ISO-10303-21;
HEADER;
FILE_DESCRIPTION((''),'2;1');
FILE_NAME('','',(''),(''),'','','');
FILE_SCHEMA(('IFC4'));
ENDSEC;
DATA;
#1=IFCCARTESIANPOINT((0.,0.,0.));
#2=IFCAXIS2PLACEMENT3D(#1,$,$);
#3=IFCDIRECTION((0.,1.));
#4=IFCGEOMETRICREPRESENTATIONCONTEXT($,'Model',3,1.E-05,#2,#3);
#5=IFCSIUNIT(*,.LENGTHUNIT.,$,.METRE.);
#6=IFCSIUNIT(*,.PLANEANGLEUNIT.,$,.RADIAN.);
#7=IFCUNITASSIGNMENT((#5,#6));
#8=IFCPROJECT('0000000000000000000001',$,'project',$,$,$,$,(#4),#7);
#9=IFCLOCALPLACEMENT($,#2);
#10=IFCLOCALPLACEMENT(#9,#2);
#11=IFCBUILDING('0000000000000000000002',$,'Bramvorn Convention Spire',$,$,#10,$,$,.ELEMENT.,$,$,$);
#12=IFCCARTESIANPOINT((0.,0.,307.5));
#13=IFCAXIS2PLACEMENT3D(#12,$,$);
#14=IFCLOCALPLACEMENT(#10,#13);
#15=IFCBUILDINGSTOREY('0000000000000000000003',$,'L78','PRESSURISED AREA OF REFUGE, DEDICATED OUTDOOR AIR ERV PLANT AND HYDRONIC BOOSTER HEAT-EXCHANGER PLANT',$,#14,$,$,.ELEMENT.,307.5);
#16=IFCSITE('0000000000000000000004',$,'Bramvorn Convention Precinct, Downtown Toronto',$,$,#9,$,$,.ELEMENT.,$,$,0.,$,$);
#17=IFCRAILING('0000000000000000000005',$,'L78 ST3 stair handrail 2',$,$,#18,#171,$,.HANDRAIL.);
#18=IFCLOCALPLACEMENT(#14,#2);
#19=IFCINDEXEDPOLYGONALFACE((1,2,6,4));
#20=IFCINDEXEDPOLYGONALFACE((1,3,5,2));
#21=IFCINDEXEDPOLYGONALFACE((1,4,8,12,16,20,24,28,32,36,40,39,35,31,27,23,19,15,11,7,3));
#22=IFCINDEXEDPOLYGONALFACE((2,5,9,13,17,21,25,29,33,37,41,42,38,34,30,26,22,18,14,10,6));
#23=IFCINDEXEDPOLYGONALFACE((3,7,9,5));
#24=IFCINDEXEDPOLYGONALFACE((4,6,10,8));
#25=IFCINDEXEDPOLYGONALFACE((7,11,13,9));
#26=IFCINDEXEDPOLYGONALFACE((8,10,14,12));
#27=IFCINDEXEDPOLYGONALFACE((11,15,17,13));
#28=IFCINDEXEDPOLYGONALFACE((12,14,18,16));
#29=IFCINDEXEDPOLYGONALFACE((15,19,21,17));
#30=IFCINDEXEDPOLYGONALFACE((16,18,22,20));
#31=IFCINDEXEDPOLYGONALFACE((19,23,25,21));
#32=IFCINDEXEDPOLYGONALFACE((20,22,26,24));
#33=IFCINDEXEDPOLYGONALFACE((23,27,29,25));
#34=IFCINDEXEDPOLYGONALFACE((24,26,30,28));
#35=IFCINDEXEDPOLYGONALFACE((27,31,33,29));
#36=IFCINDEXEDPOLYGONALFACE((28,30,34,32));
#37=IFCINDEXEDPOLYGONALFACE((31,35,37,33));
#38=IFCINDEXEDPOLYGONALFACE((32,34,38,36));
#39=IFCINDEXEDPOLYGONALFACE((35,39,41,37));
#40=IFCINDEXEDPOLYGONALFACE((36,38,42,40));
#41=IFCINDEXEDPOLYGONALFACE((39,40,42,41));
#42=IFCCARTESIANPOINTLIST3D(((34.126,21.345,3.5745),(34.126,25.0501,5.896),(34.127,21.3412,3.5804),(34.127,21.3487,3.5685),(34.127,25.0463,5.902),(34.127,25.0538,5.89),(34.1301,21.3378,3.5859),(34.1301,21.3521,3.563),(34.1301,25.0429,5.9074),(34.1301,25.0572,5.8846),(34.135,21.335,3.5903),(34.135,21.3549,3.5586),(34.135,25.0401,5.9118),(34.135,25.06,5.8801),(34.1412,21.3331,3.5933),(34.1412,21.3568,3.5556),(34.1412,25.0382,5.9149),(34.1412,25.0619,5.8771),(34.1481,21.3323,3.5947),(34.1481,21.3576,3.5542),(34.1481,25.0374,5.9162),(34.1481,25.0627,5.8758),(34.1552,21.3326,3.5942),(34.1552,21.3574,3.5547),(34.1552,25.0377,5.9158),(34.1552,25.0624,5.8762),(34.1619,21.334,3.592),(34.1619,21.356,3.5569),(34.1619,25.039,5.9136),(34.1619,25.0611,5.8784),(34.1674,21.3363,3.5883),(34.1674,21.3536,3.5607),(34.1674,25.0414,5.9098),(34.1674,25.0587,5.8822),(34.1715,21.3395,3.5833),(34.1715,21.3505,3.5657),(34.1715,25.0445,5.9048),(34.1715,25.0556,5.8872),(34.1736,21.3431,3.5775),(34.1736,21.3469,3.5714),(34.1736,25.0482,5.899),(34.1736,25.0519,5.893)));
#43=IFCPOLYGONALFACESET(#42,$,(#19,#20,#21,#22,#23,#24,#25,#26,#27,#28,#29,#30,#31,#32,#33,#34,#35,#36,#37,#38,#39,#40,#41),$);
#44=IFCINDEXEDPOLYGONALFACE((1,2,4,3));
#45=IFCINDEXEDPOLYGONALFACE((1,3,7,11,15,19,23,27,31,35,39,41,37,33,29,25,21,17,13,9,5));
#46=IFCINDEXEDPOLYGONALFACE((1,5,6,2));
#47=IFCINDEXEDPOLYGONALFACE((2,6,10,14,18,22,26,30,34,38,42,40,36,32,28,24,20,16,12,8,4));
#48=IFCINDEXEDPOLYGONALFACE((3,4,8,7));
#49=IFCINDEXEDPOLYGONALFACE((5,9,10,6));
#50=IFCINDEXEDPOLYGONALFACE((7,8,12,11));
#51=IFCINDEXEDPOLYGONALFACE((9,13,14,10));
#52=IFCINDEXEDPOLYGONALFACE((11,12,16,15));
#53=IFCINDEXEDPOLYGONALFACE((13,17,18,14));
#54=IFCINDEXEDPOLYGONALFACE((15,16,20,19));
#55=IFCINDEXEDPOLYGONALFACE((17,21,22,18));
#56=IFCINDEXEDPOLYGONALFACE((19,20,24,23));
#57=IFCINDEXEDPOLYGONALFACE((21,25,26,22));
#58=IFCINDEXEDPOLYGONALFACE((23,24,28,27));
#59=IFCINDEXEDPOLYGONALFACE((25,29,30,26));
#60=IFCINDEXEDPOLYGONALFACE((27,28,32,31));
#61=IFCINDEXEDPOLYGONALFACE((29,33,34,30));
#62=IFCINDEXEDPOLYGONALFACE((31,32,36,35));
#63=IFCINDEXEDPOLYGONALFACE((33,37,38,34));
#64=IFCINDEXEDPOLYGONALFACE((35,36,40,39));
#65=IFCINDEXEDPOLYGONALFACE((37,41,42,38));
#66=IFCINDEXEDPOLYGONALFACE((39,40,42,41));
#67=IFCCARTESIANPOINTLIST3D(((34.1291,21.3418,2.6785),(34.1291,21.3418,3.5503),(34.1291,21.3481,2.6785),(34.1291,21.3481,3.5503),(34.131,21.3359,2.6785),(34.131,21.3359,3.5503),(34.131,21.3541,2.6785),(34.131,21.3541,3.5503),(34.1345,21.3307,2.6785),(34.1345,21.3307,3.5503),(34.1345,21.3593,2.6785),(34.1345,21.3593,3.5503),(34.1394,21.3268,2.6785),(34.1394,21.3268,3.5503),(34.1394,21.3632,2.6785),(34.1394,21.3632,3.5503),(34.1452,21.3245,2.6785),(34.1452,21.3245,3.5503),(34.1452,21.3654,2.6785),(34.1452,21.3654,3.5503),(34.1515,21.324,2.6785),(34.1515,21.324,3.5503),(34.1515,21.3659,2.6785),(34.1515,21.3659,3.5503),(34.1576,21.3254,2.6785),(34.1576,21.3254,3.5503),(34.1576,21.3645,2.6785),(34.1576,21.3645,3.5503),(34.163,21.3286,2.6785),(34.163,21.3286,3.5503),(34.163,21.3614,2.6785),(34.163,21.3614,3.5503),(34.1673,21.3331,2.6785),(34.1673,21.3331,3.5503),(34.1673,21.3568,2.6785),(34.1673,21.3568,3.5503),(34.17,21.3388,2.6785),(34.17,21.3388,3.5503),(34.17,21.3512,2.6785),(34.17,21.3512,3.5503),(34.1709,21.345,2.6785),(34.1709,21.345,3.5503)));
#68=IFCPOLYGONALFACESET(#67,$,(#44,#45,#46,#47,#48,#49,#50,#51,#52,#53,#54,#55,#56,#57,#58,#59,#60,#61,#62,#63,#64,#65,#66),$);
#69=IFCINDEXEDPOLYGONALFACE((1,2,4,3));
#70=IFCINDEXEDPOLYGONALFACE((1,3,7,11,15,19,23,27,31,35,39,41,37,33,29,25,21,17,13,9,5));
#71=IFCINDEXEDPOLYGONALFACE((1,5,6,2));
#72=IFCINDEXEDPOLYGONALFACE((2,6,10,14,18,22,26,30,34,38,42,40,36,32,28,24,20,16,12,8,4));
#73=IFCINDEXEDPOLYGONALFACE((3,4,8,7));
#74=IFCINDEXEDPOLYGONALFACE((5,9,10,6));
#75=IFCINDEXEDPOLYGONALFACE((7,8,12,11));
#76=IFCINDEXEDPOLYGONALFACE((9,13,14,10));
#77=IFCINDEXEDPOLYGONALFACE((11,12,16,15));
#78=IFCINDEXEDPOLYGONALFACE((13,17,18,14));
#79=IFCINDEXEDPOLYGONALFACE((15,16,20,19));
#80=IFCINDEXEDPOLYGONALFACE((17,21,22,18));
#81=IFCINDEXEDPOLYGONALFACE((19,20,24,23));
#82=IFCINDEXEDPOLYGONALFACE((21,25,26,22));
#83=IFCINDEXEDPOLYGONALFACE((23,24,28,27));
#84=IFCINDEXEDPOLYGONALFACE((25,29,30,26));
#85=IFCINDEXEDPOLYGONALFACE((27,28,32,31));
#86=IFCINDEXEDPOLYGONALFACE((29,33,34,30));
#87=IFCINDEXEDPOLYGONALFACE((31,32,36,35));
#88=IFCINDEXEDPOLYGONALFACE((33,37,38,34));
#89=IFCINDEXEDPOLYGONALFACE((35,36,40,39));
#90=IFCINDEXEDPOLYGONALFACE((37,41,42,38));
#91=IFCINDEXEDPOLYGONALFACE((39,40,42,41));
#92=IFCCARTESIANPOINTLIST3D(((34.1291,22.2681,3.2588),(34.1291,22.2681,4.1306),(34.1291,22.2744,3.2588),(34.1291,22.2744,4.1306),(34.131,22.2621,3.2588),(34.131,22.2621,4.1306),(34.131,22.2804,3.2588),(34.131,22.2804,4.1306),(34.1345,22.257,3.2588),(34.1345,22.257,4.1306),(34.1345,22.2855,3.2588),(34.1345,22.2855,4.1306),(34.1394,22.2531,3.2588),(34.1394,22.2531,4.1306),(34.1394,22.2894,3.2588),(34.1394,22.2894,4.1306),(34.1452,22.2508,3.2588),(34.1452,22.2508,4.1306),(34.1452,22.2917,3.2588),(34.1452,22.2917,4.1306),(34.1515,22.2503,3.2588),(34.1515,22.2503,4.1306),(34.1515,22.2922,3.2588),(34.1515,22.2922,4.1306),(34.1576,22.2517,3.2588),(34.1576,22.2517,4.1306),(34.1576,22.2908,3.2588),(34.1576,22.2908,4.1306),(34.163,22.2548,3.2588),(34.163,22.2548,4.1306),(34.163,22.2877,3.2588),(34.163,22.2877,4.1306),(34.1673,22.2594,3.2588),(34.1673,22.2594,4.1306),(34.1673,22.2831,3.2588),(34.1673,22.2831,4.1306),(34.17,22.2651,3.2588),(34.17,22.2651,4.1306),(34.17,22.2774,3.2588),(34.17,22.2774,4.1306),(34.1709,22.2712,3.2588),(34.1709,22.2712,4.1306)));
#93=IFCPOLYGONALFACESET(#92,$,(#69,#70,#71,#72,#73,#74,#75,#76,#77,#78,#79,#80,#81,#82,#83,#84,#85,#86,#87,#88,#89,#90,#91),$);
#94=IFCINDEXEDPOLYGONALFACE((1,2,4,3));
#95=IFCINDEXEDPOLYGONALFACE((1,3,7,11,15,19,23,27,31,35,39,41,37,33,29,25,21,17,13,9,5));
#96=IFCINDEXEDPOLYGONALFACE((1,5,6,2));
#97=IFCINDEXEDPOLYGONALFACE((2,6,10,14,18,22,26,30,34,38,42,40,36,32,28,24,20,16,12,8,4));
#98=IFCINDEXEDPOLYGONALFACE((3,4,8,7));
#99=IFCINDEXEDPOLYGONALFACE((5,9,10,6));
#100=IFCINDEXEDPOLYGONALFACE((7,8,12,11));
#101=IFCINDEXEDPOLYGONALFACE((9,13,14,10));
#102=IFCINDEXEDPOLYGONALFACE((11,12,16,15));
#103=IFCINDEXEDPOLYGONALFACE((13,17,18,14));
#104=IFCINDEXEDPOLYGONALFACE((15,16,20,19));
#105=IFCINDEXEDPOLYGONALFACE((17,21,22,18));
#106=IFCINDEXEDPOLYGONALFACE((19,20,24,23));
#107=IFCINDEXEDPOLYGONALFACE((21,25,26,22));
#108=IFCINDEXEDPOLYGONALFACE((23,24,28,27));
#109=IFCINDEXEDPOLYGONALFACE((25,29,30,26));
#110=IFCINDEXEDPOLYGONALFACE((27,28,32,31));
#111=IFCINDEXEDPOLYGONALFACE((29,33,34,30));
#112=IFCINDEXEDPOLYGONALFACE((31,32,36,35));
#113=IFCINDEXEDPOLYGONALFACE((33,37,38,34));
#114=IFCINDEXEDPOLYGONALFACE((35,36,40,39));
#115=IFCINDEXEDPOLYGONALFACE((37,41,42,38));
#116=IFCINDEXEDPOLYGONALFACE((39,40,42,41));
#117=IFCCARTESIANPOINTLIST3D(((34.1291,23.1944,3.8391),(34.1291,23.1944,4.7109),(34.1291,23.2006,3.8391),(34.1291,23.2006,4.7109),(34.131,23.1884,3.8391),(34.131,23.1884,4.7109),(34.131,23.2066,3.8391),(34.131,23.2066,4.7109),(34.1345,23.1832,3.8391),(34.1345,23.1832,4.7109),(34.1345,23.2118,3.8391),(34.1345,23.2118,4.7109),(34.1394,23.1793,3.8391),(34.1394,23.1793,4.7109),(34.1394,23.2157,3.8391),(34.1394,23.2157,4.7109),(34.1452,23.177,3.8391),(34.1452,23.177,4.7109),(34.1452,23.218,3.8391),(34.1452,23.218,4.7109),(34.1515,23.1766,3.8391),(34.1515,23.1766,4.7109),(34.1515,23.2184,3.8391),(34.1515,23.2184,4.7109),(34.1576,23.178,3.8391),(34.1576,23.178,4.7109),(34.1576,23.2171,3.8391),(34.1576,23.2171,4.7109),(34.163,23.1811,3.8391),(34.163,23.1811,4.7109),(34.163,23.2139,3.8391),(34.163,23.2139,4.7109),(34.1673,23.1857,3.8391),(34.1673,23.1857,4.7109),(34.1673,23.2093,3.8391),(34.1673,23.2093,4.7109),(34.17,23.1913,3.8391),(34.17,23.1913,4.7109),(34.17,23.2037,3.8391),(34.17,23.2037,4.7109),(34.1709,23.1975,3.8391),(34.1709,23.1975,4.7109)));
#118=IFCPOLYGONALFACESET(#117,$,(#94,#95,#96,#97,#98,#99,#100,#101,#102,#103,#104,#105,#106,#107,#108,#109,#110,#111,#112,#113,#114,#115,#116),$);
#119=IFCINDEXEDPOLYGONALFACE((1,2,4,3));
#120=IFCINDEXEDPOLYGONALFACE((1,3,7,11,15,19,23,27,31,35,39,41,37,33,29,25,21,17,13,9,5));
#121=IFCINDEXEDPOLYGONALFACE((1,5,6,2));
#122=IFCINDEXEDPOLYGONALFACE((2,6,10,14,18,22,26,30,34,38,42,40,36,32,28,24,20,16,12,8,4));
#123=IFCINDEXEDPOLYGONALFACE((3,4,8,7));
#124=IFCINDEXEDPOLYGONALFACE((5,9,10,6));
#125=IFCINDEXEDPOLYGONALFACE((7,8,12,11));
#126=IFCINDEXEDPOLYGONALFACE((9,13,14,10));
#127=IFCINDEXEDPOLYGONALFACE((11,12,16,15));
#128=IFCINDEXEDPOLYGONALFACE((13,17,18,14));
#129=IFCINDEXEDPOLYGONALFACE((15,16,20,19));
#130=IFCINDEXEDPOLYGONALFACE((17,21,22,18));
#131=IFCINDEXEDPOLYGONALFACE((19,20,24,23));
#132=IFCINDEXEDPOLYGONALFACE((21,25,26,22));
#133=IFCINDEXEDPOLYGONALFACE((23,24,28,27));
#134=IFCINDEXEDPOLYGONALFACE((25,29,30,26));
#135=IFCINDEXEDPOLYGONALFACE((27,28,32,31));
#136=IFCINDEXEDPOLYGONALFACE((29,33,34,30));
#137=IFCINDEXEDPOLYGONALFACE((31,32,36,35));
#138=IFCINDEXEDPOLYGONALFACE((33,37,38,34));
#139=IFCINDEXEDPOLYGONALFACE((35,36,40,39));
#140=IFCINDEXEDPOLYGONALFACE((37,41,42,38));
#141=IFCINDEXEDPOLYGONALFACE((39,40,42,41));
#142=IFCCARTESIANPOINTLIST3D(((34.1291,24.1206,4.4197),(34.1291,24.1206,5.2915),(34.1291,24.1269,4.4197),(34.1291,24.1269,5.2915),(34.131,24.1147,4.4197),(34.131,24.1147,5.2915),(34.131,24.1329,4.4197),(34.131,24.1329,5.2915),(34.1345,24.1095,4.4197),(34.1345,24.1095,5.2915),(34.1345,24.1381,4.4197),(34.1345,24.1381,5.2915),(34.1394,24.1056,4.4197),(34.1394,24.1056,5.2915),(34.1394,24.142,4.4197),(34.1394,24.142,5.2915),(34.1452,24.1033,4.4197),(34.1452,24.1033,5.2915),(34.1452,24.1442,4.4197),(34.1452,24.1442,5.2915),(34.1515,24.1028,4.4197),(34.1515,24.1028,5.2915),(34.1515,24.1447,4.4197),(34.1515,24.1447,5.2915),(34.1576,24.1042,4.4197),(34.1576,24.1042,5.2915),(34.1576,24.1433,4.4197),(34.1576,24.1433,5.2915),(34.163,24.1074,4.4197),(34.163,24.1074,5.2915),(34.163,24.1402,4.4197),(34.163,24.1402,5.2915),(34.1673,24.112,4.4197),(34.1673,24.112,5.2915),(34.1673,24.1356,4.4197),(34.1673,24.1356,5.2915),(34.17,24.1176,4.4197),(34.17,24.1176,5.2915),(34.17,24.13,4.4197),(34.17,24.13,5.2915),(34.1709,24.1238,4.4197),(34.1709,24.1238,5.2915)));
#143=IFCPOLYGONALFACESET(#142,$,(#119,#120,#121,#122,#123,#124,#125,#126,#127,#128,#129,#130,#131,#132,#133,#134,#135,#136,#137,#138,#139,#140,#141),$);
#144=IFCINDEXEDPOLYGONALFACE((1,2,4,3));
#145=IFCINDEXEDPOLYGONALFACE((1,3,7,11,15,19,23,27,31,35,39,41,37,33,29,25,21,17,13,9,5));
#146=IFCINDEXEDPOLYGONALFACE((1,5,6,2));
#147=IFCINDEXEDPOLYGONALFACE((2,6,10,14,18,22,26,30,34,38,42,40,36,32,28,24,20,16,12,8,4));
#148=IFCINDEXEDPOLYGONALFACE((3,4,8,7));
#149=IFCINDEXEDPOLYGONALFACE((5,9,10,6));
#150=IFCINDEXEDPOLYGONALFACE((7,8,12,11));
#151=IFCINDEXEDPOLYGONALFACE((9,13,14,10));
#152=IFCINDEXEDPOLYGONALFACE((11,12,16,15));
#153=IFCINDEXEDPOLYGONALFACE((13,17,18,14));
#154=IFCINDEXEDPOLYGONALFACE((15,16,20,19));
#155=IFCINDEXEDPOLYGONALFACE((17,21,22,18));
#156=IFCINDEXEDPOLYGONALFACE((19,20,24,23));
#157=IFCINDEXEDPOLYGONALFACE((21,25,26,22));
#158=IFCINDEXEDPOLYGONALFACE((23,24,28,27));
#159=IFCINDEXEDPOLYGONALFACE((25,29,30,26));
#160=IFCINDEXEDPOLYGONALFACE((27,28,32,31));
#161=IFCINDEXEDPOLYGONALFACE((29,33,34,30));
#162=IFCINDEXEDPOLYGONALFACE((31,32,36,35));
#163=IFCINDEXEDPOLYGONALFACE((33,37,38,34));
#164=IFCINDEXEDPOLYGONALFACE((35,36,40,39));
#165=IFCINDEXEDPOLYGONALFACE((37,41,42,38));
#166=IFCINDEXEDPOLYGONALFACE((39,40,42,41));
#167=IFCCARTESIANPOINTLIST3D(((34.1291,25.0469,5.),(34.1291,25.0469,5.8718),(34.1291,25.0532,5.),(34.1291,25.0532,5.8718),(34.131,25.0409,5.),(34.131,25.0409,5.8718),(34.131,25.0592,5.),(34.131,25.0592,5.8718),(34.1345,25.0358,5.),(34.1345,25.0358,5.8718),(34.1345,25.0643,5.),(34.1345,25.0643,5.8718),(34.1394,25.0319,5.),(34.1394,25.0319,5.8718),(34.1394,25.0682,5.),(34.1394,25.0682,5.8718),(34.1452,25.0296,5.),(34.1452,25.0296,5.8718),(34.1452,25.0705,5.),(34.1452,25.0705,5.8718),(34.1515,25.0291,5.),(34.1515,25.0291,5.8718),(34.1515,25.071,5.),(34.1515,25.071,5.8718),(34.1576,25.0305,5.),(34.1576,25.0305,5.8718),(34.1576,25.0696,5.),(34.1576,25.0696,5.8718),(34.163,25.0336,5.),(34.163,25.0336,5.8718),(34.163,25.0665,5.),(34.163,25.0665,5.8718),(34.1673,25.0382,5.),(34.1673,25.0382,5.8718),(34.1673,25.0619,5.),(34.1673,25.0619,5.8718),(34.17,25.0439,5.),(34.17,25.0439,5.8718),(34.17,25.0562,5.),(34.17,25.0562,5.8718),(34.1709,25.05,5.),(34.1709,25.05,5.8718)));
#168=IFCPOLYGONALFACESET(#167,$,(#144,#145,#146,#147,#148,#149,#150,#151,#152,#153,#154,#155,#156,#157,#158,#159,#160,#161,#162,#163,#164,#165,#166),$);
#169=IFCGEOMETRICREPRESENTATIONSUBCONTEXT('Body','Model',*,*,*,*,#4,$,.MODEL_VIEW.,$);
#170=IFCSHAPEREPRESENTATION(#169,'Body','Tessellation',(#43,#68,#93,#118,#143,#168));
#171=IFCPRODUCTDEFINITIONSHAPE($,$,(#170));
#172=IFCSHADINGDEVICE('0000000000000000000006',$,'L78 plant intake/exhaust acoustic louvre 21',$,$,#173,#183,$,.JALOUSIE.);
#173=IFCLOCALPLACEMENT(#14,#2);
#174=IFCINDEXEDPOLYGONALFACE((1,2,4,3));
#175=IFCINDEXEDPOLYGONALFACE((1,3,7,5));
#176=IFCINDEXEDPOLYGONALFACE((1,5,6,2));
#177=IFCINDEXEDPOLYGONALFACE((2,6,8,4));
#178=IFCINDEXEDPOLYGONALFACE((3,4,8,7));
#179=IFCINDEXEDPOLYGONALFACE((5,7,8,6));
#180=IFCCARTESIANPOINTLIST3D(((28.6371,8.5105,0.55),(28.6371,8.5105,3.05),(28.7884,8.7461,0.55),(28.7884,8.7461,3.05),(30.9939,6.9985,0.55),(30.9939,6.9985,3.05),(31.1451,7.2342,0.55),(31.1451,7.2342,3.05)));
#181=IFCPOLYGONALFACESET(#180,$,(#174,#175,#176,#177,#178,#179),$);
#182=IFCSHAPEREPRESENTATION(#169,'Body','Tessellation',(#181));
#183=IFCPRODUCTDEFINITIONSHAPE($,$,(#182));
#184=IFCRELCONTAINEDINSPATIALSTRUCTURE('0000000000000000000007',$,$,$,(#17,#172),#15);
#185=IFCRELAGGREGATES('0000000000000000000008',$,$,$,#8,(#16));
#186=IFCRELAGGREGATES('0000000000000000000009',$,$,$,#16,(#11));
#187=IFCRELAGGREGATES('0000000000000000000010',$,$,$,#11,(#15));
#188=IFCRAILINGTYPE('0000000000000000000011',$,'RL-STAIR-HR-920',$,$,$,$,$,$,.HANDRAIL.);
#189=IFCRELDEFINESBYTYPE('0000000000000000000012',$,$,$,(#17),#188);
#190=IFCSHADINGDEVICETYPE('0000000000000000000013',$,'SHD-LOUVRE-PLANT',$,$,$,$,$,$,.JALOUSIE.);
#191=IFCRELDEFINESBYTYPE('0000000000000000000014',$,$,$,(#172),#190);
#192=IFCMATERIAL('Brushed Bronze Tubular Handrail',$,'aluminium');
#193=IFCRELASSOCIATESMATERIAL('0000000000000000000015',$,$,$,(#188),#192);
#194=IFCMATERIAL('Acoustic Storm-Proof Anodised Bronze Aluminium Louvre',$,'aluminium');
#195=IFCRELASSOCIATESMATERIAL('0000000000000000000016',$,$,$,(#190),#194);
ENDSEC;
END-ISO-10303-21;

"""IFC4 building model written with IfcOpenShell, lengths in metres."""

from ifc_helpers import new_model, si_unit, direction, frame, origin, origin_2d, place, context, subcontext, project, spatial, rectangle, circle, extrude, material, type_object, element, save


model = new_model("IFC4")

# Units and contexts
model_context = context("Model", 3, precision=1e-05, world=origin(), true_north=direction((0.0, 1.0)))
body_context = subcontext(model_context, "Body", "Model", "MODEL_VIEW")
ifc_project = project(units=[si_unit("LENGTHUNIT", "METRE"), si_unit("PLANEANGLEUNIT", "RADIAN")], contexts=[model_context])

# Site, building, storey
site_placement = place(None, origin())
site = spatial("IfcSite", under=ifc_project, at=site_placement, Name="Bramvorn Convention Precinct, Downtown Toronto", CompositionType="ELEMENT", RefElevation=0.0)
building_placement = place(site_placement, origin())
building = spatial("IfcBuilding", under=site, at=building_placement, Name="Bramvorn Convention Spire", CompositionType="ELEMENT")
storey_placement = place(building_placement, frame((0.0, 0.0, 307.5)))
storey = spatial("IfcBuildingStorey", under=building, at=storey_placement, Name="L78", Description="PRESSURISED AREA OF REFUGE, DEDICATED OUTDOOR AIR ERV PLANT AND HYDRONIC BOOSTER HEAT-EXCHANGER PLANT", CompositionType="ELEMENT", Elevation=307.5)

# Railing
ifc_material_1 = material(Name="Brushed Bronze Tubular Handrail", Category="aluminium")
railing_type_1 = type_object("IfcRailingType", Name="RL-STAIR-HR-920", PredefinedType="HANDRAIL", material=ifc_material_1)
railing_1_placement = place(storey_placement, frame((34.1499, 21.345, 2.6785)))
element("IfcRailing", 1, at=railing_1_placement, inside=storey, type_object=railing_type_1, Name="L78 ST3 stair handrail 2", PredefinedType="HANDRAIL", context=body_context, shape_type="SweptSolid", body=[
    extrude(circle(Radius=0.0239, at=origin_2d()), frame((0.0, 0.0, 0.896), z_axis=(0.0, 0.847395, 0.530962), x_axis=(-1.0, 0.0, 0.0)), (0.0, 0.0, 1.0), 4.3723),
    extrude(circle(Radius=0.021, at=origin_2d()), origin(), (0.0, 0.0, 1.0), 0.8718),
    extrude(circle(Radius=0.021, at=origin_2d()), frame((0.0, 0.9263, 0.5803)), (0.0, 0.0, 1.0), 0.8718),
    extrude(circle(Radius=0.021, at=origin_2d()), frame((0.0, 1.8525, 1.1606)), (0.0, 0.0, 1.0), 0.8718),
    extrude(circle(Radius=0.021, at=origin_2d()), frame((0.0, 2.7788, 1.7412)), (0.0, 0.0, 1.0), 0.8718),
    extrude(circle(Radius=0.021, at=origin_2d()), frame((0.0, 3.7051, 2.3215)), (0.0, 0.0, 1.0), 0.8718),
])

# Shading device
ifc_material_2 = material(Name="Acoustic Storm-Proof Anodised Bronze Aluminium Louvre", Category="aluminium")
shading_device_type = type_object("IfcShadingDeviceType", Name="SHD-LOUVRE-PLANT", PredefinedType="JALOUSIE", material=ifc_material_2)
shading_device_placement = place(storey_placement, frame((29.8911, 7.8723, 0.55), z_axis=(0.0, 0.0, 1.0), x_axis=(-0.841677, 0.539981, 0.0)))
element("IfcShadingDevice", 2, at=shading_device_placement, inside=storey, type_object=shading_device_type, Name="L78 plant intake/exhaust acoustic louvre 21", PredefinedType="JALOUSIE", context=body_context, shape_type="SweptSolid", body=[
    extrude(rectangle(XDim=2.8, YDim=0.28, at=origin_2d()), origin(), (0.0, 0.0, 1.0), 2.5),
])

save(model, "model.ifc")
